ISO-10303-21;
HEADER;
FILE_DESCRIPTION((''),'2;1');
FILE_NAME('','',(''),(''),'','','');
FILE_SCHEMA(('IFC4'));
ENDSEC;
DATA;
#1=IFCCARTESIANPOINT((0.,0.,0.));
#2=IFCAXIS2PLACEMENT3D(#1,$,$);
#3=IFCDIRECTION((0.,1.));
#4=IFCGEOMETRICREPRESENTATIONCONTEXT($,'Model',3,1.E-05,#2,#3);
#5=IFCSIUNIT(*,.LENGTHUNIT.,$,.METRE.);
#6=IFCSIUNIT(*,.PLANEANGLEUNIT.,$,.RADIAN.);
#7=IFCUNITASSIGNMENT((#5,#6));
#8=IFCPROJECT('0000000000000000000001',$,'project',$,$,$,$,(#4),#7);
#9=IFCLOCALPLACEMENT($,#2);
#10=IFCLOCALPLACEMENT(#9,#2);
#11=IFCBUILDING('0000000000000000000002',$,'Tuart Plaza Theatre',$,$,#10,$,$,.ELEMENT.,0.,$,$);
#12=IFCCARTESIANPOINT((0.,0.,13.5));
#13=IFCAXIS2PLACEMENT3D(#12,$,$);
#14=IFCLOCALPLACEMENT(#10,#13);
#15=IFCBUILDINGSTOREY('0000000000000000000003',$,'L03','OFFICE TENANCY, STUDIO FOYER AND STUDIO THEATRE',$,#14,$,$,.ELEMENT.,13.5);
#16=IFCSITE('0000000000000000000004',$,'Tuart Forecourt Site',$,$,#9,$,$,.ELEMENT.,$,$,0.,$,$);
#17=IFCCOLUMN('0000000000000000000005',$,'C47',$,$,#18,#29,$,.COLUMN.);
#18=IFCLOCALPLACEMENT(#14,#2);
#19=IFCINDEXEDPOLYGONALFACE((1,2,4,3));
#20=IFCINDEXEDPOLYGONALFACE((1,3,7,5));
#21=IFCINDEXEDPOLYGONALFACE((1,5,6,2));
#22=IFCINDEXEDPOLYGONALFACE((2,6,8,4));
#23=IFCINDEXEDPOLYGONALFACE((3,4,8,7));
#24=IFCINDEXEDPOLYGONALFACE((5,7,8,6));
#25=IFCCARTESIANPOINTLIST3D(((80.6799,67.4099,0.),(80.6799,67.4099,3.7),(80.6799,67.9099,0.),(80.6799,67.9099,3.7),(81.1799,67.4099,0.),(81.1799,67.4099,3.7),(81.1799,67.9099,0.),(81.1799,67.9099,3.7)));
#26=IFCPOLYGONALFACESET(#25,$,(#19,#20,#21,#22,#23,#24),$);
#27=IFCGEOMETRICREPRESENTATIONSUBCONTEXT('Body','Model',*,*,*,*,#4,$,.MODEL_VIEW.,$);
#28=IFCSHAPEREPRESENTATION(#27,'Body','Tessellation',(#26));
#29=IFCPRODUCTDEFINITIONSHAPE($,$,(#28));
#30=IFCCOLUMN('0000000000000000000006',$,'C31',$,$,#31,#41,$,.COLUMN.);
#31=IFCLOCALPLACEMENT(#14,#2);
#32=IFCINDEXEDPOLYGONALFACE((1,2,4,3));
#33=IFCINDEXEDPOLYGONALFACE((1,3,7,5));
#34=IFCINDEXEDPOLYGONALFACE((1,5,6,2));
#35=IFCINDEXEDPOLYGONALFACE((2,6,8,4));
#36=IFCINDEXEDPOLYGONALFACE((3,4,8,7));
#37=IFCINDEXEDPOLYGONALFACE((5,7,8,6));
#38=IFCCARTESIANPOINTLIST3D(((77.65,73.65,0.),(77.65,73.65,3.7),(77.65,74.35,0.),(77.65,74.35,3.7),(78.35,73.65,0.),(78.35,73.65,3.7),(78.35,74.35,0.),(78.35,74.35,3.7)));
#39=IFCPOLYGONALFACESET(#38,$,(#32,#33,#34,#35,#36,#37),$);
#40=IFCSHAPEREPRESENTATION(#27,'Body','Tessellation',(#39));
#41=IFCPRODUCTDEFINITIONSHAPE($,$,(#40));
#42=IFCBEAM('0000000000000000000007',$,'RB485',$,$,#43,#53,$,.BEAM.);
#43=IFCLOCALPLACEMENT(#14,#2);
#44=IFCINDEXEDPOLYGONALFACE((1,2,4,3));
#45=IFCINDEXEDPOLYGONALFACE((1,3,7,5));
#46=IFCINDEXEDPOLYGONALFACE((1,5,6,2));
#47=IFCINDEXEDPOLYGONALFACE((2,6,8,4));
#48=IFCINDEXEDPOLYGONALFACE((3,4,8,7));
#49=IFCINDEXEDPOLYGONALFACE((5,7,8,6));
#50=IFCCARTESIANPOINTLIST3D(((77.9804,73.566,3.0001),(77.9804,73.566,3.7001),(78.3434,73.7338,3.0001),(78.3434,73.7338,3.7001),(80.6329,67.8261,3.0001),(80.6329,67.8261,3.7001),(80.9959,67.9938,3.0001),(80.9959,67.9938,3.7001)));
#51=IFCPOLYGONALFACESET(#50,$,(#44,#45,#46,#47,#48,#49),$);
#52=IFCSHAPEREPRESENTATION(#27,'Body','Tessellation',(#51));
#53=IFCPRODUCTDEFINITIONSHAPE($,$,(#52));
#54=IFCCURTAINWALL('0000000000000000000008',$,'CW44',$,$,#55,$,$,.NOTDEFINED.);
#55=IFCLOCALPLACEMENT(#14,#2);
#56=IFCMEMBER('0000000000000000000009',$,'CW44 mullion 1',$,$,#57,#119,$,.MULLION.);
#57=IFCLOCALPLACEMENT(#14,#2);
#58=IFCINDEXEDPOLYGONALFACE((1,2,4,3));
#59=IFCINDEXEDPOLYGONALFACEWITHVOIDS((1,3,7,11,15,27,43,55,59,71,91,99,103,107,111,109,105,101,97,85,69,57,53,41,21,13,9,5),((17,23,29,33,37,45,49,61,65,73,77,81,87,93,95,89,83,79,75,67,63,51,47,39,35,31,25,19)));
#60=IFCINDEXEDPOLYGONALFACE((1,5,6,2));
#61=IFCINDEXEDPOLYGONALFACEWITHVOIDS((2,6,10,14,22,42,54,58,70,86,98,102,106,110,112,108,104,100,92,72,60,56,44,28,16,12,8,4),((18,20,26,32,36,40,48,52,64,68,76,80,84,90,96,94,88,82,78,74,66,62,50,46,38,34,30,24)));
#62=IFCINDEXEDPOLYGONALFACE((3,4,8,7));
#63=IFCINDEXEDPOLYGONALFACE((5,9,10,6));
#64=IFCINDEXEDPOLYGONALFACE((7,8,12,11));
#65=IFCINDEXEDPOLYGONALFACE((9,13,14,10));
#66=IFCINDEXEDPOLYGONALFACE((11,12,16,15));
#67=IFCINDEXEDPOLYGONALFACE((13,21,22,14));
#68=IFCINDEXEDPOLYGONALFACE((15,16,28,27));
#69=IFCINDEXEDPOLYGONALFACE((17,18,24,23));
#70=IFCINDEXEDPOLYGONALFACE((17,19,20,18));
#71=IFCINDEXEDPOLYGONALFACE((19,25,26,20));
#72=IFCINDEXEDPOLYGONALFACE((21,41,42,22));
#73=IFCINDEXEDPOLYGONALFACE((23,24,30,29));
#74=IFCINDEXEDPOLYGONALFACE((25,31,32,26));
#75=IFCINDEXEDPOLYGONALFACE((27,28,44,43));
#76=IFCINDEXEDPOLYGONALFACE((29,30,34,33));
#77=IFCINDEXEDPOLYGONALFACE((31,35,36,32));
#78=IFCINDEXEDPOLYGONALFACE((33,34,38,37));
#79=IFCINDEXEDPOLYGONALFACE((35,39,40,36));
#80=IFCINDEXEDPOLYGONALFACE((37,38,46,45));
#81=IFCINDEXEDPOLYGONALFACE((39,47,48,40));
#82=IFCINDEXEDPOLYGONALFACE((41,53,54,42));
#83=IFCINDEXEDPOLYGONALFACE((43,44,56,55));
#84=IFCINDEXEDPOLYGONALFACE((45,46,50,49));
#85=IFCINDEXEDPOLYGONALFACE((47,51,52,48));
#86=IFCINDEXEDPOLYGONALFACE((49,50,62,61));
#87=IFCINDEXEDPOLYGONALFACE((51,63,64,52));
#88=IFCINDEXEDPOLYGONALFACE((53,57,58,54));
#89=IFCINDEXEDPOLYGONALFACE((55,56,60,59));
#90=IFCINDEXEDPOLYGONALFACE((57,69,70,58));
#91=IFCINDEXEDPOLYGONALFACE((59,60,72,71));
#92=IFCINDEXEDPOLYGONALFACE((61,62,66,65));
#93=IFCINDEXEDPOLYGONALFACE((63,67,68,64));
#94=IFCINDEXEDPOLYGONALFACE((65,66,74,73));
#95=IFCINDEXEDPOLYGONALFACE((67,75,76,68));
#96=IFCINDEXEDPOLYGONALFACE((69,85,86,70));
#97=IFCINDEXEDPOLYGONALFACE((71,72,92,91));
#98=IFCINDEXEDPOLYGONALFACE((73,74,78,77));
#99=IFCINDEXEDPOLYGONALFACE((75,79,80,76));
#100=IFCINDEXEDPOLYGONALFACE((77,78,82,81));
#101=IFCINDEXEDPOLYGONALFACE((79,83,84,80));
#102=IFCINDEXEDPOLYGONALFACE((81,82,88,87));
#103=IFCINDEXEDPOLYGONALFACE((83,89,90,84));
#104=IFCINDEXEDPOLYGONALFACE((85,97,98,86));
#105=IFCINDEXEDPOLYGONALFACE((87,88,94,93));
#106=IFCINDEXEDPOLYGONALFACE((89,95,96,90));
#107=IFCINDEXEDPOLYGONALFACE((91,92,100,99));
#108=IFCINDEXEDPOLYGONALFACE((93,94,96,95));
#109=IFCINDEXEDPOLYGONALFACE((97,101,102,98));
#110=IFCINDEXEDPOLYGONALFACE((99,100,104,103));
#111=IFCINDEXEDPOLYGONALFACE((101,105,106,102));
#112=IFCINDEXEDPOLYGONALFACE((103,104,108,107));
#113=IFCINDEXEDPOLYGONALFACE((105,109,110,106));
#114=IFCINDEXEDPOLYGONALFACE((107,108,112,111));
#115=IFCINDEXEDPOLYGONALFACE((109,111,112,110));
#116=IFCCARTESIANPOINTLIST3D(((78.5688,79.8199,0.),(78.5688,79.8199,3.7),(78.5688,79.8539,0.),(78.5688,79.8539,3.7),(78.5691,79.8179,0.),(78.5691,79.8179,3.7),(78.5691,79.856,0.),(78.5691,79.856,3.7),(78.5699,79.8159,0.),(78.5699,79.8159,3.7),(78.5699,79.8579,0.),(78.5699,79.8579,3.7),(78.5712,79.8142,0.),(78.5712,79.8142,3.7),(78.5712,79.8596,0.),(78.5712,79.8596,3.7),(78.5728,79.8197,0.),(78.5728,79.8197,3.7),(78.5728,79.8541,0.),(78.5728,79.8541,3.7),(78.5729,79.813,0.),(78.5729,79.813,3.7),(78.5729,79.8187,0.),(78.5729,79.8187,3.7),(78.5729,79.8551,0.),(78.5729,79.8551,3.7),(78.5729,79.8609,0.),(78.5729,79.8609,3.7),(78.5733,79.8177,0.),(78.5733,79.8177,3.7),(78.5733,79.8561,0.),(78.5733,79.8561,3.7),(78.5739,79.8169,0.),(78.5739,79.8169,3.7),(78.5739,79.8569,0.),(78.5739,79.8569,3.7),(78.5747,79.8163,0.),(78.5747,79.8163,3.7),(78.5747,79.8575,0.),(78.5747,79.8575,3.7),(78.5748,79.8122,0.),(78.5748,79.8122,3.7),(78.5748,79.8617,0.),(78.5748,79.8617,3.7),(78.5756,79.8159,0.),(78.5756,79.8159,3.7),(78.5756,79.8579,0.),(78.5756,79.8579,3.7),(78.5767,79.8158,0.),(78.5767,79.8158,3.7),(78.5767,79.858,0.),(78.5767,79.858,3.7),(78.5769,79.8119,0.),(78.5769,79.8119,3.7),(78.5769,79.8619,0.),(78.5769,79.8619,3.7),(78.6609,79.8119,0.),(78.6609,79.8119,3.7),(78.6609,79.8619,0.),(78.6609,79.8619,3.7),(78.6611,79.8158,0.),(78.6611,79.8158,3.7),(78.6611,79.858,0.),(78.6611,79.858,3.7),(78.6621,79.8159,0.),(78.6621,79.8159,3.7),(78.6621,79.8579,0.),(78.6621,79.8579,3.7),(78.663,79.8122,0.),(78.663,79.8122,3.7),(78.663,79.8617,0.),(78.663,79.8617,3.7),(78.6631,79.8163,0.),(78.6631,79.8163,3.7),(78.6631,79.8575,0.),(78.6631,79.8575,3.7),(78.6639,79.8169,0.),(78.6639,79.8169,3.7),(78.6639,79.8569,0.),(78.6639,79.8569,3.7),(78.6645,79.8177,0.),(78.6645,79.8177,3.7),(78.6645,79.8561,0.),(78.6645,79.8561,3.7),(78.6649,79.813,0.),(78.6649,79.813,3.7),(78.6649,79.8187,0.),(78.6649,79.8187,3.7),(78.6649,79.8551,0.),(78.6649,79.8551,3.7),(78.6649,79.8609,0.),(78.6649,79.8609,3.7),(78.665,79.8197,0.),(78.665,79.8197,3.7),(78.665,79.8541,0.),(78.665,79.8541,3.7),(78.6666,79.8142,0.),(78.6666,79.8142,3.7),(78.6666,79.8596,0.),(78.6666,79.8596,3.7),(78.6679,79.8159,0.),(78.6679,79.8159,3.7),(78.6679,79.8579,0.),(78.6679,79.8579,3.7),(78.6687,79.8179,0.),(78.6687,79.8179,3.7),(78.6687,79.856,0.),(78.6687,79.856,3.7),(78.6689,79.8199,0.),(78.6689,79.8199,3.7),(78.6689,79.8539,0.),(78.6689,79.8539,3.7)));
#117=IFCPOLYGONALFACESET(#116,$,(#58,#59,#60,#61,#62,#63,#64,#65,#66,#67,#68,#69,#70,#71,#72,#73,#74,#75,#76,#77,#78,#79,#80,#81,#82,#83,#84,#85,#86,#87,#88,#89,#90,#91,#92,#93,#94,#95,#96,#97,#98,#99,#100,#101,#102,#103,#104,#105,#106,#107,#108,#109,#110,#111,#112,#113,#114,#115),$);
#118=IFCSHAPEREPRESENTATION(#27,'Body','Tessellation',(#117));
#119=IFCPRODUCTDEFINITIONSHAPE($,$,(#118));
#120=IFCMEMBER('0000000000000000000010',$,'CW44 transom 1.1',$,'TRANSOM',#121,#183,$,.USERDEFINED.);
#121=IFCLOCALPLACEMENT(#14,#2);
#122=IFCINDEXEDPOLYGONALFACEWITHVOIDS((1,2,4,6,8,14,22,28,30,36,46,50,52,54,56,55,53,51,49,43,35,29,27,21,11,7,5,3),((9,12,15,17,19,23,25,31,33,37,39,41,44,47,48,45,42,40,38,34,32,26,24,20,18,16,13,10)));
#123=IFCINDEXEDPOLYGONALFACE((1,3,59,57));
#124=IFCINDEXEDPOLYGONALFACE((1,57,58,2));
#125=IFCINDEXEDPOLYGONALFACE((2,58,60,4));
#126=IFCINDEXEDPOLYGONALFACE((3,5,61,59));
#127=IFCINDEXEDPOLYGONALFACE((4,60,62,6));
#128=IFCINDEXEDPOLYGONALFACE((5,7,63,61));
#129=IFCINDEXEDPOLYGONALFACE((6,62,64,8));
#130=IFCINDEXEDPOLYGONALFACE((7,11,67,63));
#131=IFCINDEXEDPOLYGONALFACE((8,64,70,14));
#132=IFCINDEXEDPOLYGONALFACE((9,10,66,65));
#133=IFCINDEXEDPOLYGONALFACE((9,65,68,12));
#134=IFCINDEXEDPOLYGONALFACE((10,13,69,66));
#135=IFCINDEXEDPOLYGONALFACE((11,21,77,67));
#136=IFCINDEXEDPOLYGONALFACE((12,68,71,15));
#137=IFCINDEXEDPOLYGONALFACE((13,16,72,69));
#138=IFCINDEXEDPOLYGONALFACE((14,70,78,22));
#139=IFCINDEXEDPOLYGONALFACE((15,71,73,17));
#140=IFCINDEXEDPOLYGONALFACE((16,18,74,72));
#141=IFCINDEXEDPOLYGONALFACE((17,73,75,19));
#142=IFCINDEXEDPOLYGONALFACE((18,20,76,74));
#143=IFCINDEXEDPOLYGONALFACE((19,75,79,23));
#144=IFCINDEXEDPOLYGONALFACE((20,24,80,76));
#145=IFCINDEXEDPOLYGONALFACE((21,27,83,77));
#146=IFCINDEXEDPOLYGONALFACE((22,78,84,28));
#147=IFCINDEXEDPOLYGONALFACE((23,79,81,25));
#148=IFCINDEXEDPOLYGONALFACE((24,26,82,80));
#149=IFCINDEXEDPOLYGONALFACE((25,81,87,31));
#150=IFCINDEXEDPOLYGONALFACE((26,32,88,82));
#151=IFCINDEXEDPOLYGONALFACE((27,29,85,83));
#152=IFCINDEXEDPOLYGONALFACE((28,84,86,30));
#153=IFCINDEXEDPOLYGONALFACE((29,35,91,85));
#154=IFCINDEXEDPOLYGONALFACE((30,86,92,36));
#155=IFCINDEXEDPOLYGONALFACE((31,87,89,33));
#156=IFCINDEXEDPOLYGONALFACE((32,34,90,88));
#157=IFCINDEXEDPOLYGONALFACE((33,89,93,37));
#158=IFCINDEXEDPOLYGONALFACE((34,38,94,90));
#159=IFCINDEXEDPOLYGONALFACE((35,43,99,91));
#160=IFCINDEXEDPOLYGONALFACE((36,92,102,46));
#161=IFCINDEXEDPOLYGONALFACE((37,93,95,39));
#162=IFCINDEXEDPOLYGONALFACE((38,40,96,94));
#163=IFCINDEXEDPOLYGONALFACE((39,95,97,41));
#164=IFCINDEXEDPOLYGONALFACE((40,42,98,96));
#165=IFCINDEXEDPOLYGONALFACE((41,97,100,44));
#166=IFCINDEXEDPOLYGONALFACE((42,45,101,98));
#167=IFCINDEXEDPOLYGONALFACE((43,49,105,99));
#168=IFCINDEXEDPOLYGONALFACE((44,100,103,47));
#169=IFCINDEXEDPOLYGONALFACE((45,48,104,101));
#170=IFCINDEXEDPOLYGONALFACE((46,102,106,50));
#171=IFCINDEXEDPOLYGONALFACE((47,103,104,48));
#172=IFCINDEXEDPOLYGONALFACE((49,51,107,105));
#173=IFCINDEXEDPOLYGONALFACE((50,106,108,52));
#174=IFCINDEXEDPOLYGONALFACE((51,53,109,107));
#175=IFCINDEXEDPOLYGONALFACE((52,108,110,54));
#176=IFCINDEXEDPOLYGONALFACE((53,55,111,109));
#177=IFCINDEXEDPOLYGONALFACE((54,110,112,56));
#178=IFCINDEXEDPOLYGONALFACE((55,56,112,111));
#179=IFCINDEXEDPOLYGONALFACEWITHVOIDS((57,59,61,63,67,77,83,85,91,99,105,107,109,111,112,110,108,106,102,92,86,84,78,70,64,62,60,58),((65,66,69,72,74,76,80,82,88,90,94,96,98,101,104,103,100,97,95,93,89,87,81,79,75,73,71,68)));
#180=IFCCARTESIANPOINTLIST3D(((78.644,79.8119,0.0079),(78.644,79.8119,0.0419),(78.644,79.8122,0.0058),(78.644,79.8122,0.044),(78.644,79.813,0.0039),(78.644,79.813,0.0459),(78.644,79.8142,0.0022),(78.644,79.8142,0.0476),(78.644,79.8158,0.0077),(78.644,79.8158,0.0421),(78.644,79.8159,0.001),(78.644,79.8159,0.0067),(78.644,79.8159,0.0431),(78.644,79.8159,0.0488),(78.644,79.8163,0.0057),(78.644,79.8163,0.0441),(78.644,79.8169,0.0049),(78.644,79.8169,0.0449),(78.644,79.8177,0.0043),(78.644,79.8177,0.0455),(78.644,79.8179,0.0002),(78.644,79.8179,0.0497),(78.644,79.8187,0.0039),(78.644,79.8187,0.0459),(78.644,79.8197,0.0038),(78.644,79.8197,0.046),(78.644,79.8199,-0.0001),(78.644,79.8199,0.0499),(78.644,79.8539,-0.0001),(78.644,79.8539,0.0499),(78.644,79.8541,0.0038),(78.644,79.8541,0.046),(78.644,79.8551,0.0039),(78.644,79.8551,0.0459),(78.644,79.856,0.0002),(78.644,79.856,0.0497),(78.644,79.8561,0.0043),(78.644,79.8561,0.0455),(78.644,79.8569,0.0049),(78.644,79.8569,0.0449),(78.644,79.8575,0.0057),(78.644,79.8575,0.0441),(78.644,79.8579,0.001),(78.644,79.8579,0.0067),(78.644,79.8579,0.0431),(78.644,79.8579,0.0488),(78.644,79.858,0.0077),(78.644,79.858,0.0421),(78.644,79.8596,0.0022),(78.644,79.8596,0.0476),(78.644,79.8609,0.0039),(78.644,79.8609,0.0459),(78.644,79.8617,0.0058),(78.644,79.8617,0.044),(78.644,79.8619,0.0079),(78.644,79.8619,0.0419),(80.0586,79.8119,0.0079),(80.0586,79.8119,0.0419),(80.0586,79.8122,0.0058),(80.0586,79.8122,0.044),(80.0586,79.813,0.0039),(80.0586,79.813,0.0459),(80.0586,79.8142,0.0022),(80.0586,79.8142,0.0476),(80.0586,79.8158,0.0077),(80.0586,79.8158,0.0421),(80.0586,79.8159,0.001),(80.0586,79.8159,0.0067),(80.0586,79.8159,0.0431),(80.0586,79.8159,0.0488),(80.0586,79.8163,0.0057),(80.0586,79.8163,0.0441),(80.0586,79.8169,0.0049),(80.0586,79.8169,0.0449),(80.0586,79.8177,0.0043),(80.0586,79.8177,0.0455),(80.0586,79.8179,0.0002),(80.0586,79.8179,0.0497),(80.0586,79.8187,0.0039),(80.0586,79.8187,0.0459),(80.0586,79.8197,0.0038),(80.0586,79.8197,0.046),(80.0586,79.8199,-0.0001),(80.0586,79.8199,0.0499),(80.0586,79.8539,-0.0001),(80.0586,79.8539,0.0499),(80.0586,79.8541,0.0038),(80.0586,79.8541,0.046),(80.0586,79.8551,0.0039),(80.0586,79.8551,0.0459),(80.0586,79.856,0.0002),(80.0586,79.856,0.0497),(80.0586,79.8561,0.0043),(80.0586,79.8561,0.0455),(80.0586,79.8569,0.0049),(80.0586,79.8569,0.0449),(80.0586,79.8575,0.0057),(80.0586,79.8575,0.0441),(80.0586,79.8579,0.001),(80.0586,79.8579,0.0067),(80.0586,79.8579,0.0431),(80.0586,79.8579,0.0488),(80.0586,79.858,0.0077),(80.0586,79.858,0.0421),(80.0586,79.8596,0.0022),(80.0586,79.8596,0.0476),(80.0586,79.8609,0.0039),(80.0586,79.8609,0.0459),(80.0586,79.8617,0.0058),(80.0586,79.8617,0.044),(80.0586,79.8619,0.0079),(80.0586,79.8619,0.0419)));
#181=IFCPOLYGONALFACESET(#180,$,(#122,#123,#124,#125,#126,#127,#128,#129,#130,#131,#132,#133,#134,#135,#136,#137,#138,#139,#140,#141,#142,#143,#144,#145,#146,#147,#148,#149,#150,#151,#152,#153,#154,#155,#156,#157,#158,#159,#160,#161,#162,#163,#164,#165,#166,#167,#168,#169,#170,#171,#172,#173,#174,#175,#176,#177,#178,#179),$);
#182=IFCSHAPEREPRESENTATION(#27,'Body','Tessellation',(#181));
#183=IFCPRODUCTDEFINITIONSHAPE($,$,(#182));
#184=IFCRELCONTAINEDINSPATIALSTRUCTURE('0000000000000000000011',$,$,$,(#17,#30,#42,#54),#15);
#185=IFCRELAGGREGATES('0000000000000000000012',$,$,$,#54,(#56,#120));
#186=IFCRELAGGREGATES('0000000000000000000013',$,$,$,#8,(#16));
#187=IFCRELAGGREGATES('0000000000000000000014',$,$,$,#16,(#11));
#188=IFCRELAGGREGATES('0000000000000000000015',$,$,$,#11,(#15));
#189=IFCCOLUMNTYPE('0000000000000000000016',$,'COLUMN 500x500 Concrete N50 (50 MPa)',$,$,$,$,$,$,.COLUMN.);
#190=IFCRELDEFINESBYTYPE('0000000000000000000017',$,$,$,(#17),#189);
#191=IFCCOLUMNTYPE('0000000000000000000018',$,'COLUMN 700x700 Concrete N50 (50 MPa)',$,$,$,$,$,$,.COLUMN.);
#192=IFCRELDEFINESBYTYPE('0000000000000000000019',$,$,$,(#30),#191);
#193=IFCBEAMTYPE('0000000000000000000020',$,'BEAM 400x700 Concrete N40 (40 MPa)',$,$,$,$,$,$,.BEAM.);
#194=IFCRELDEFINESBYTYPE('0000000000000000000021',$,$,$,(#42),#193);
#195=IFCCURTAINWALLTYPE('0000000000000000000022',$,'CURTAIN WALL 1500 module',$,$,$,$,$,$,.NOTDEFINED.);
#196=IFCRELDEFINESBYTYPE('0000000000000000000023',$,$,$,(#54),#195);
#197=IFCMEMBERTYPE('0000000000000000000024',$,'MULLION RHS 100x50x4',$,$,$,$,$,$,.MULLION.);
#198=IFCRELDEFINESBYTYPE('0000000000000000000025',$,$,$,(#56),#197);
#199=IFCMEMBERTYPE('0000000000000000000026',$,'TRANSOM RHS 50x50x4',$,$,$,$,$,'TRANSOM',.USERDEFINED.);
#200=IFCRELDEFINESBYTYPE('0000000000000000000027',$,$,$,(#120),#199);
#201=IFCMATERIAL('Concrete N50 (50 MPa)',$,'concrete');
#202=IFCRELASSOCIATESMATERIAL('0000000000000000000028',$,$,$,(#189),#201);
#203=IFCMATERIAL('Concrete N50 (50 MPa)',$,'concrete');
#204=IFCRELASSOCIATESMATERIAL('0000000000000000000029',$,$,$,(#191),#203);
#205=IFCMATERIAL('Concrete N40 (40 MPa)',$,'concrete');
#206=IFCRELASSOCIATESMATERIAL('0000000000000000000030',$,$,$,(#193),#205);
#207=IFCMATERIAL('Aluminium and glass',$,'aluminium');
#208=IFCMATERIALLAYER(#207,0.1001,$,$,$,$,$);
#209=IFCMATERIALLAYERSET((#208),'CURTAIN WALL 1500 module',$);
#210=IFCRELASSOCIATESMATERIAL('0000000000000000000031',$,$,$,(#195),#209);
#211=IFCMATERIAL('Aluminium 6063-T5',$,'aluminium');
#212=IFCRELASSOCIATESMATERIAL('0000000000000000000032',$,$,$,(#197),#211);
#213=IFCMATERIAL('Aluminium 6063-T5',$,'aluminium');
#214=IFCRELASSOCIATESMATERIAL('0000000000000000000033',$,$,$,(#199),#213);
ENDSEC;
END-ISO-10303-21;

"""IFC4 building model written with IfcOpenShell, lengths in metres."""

from ifc_helpers import new_model, si_unit, direction, frame, origin, origin_2d, place, context, subcontext, project, spatial, rectangle, hollow_rectangle, extrude, material, layer, layer_set, material_profile, profile_set, type_object, element, aggregate, save


model = new_model("IFC4")

# Units and contexts
model_context = context("Model", 3, precision=1e-05, world=origin(), true_north=direction((0.0, 1.0)))
body_context = subcontext(model_context, "Body", "Model", "MODEL_VIEW")
ifc_project = project(units=[si_unit("LENGTHUNIT", "METRE"), si_unit("PLANEANGLEUNIT", "RADIAN")], contexts=[model_context])

# Site, building, storey
site_placement = place(None, origin())
site = spatial("IfcSite", under=ifc_project, at=site_placement, Name="Tuart Forecourt Site", CompositionType="ELEMENT", RefElevation=0.0)
building_placement = place(site_placement, origin())
building = spatial("IfcBuilding", under=site, at=building_placement, Name="Tuart Plaza Theatre", CompositionType="ELEMENT", ElevationOfRefHeight=0.0)
storey_placement = place(building_placement, frame((0.0, 0.0, 13.5)))
storey = spatial("IfcBuildingStorey", under=building, at=storey_placement, Name="L03", Description="OFFICE TENANCY, STUDIO FOYER AND STUDIO THEATRE", CompositionType="ELEMENT", Elevation=13.5)

# Columns
ifc_material_1 = material(Name="Concrete N50 (50 MPa)", Category="concrete")
ifc_material_profile_1 = material_profile(ifc_material_1, rectangle(XDim=0.5, YDim=0.5, at=origin_2d()), Name="COLUMN 500x500 Concrete N50 (50 MPa)")
ifc_profile_set_1 = profile_set([ifc_material_profile_1], Name="Concrete N50 (50 MPa)")
column_type_1 = type_object("IfcColumnType", Name="COLUMN 500x500 Concrete N50 (50 MPa)", PredefinedType="COLUMN", material=ifc_profile_set_1)
column_1_placement = place(storey_placement, frame((80.9299, 67.6599, 0.0), z_axis=(0.0, 0.0, 1.0), x_axis=(1.0, 0.0, 0.0)))
element("IfcColumn", 1, at=column_1_placement, inside=storey, type_object=column_type_1, Name="C47", PredefinedType="COLUMN", context=body_context, shape_type="SweptSolid", body=[
    extrude(rectangle(XDim=0.5, YDim=0.5, at=origin_2d()), origin(), (0.0, 0.0, 1.0), 3.7),
])
ifc_material_2 = material(Name="Concrete N50 (50 MPa)", Category="concrete")
ifc_material_profile_2 = material_profile(ifc_material_2, rectangle(XDim=0.7, YDim=0.7, at=origin_2d()), Name="COLUMN 700x700 Concrete N50 (50 MPa)")
ifc_profile_set_2 = profile_set([ifc_material_profile_2], Name="Concrete N50 (50 MPa)")
column_type_2 = type_object("IfcColumnType", Name="COLUMN 700x700 Concrete N50 (50 MPa)", PredefinedType="COLUMN", material=ifc_profile_set_2)
column_2_placement = place(storey_placement, frame((78.0, 74.0, 0.0), z_axis=(0.0, 0.0, 1.0), x_axis=(1.0, 0.0, 0.0)))
element("IfcColumn", 2, at=column_2_placement, inside=storey, type_object=column_type_2, Name="C31", PredefinedType="COLUMN", context=body_context, shape_type="SweptSolid", body=[
    extrude(rectangle(XDim=0.7, YDim=0.7, at=origin_2d()), origin(), (0.0, 0.0, 1.0), 3.7),
])

# Beam
ifc_material_3 = material(Name="Concrete N40 (40 MPa)", Category="concrete")
ifc_material_profile_3 = material_profile(ifc_material_3, rectangle(XDim=0.3999, YDim=0.7, at=origin_2d()), Name="BEAM 400x700 Concrete N40 (40 MPa)")
ifc_profile_set_3 = profile_set([ifc_material_profile_3], Name="Concrete N40 (40 MPa)")
beam_type = type_object("IfcBeamType", Name="BEAM 400x700 Concrete N40 (40 MPa)", PredefinedType="BEAM", material=ifc_profile_set_3)
beam_placement = place(storey_placement, frame((78.1619, 73.6499, 3.3501), z_axis=(0.419496, -0.907757, 0.0), x_axis=(0.907757, 0.419496, 0.0)))
element("IfcBeam", 3, at=beam_placement, inside=storey, type_object=beam_type, Name="RB485", PredefinedType="BEAM", context=body_context, shape_type="SweptSolid", body=[
    extrude(rectangle(XDim=0.3999, YDim=0.7, at=origin_2d()), origin(), (0.0, 0.0, 1.0), 6.3232),
])

# Curtain wall, members
ifc_material_4 = material(Name="Aluminium and glass", Category="aluminium")
ifc_layer_1 = layer(ifc_material_4, 0.1001)
ifc_layer_set_1 = layer_set([ifc_layer_1], Name="CURTAIN WALL 1500 module")
curtain_wall_type = type_object("IfcCurtainWallType", Name="CURTAIN WALL 1500 module", PredefinedType="NOTDEFINED", material=ifc_layer_set_1)
curtain_wall_placement = place(storey_placement, origin())
curtain_wall = element("IfcCurtainWall", 4, at=curtain_wall_placement, inside=storey, type_object=curtain_wall_type, Name="CW44", PredefinedType="NOTDEFINED")
ifc_material_5 = material(Name="Aluminium 6063-T5", Category="aluminium")
ifc_material_profile_4 = material_profile(ifc_material_5, hollow_rectangle(XDim=0.05, YDim=0.1001, WallThickness=0.0039, InnerFilletRadius=0.0039, OuterFilletRadius=0.0081, at=origin_2d()), Name="RHS 100x50x4")
ifc_profile_set_4 = profile_set([ifc_material_profile_4], Name="Aluminium 6063-T5")
member_type_1 = type_object("IfcMemberType", Name="MULLION RHS 100x50x4", PredefinedType="MULLION", material=ifc_profile_set_4)
member_1_placement = place(storey_placement, frame((78.6189, 79.8369, 0.0), z_axis=(0.0, 0.0, 1.0), x_axis=(0.0, 1.0, 0.0)))
member_1 = element("IfcMember", 5, at=member_1_placement, type_object=member_type_1, Name="CW44 mullion 1", PredefinedType="MULLION", context=body_context, shape_type="SweptSolid", body=[
    extrude(hollow_rectangle(XDim=0.05, YDim=0.1001, WallThickness=0.0039, InnerFilletRadius=0.0039, OuterFilletRadius=0.0081, at=origin_2d()), origin(), (0.0, 0.0, 1.0), 3.7),
])
ifc_material_6 = material(Name="Aluminium 6063-T5", Category="aluminium")
ifc_material_profile_5 = material_profile(ifc_material_6, hollow_rectangle(XDim=0.05, YDim=0.05, WallThickness=0.0039, InnerFilletRadius=0.0039, OuterFilletRadius=0.0081, at=origin_2d()), Name="RHS 50x50x4")
ifc_profile_set_5 = profile_set([ifc_material_profile_5], Name="Aluminium 6063-T5")
member_type_2 = type_object("IfcMemberType", Name="TRANSOM RHS 50x50x4", ElementType="TRANSOM", PredefinedType="USERDEFINED", material=ifc_profile_set_5)
member_2_placement = place(storey_placement, frame((78.644, 79.8369, 0.0249), z_axis=(1.0, 0.0, 0.0), x_axis=(0.0, 1.0, 0.0)))
member_2 = element("IfcMember", 6, at=member_2_placement, type_object=member_type_2, Name="CW44 transom 1.1", ObjectType="TRANSOM", PredefinedType="USERDEFINED", context=body_context, shape_type="SweptSolid", body=[
    extrude(hollow_rectangle(XDim=0.05, YDim=0.05, WallThickness=0.0039, InnerFilletRadius=0.0039, OuterFilletRadius=0.0081, at=origin_2d()), origin(), (0.0, 0.0, 1.0), 1.4146),
])
aggregate(curtain_wall, [member_1, member_2])

save(model, "model.ifc")
